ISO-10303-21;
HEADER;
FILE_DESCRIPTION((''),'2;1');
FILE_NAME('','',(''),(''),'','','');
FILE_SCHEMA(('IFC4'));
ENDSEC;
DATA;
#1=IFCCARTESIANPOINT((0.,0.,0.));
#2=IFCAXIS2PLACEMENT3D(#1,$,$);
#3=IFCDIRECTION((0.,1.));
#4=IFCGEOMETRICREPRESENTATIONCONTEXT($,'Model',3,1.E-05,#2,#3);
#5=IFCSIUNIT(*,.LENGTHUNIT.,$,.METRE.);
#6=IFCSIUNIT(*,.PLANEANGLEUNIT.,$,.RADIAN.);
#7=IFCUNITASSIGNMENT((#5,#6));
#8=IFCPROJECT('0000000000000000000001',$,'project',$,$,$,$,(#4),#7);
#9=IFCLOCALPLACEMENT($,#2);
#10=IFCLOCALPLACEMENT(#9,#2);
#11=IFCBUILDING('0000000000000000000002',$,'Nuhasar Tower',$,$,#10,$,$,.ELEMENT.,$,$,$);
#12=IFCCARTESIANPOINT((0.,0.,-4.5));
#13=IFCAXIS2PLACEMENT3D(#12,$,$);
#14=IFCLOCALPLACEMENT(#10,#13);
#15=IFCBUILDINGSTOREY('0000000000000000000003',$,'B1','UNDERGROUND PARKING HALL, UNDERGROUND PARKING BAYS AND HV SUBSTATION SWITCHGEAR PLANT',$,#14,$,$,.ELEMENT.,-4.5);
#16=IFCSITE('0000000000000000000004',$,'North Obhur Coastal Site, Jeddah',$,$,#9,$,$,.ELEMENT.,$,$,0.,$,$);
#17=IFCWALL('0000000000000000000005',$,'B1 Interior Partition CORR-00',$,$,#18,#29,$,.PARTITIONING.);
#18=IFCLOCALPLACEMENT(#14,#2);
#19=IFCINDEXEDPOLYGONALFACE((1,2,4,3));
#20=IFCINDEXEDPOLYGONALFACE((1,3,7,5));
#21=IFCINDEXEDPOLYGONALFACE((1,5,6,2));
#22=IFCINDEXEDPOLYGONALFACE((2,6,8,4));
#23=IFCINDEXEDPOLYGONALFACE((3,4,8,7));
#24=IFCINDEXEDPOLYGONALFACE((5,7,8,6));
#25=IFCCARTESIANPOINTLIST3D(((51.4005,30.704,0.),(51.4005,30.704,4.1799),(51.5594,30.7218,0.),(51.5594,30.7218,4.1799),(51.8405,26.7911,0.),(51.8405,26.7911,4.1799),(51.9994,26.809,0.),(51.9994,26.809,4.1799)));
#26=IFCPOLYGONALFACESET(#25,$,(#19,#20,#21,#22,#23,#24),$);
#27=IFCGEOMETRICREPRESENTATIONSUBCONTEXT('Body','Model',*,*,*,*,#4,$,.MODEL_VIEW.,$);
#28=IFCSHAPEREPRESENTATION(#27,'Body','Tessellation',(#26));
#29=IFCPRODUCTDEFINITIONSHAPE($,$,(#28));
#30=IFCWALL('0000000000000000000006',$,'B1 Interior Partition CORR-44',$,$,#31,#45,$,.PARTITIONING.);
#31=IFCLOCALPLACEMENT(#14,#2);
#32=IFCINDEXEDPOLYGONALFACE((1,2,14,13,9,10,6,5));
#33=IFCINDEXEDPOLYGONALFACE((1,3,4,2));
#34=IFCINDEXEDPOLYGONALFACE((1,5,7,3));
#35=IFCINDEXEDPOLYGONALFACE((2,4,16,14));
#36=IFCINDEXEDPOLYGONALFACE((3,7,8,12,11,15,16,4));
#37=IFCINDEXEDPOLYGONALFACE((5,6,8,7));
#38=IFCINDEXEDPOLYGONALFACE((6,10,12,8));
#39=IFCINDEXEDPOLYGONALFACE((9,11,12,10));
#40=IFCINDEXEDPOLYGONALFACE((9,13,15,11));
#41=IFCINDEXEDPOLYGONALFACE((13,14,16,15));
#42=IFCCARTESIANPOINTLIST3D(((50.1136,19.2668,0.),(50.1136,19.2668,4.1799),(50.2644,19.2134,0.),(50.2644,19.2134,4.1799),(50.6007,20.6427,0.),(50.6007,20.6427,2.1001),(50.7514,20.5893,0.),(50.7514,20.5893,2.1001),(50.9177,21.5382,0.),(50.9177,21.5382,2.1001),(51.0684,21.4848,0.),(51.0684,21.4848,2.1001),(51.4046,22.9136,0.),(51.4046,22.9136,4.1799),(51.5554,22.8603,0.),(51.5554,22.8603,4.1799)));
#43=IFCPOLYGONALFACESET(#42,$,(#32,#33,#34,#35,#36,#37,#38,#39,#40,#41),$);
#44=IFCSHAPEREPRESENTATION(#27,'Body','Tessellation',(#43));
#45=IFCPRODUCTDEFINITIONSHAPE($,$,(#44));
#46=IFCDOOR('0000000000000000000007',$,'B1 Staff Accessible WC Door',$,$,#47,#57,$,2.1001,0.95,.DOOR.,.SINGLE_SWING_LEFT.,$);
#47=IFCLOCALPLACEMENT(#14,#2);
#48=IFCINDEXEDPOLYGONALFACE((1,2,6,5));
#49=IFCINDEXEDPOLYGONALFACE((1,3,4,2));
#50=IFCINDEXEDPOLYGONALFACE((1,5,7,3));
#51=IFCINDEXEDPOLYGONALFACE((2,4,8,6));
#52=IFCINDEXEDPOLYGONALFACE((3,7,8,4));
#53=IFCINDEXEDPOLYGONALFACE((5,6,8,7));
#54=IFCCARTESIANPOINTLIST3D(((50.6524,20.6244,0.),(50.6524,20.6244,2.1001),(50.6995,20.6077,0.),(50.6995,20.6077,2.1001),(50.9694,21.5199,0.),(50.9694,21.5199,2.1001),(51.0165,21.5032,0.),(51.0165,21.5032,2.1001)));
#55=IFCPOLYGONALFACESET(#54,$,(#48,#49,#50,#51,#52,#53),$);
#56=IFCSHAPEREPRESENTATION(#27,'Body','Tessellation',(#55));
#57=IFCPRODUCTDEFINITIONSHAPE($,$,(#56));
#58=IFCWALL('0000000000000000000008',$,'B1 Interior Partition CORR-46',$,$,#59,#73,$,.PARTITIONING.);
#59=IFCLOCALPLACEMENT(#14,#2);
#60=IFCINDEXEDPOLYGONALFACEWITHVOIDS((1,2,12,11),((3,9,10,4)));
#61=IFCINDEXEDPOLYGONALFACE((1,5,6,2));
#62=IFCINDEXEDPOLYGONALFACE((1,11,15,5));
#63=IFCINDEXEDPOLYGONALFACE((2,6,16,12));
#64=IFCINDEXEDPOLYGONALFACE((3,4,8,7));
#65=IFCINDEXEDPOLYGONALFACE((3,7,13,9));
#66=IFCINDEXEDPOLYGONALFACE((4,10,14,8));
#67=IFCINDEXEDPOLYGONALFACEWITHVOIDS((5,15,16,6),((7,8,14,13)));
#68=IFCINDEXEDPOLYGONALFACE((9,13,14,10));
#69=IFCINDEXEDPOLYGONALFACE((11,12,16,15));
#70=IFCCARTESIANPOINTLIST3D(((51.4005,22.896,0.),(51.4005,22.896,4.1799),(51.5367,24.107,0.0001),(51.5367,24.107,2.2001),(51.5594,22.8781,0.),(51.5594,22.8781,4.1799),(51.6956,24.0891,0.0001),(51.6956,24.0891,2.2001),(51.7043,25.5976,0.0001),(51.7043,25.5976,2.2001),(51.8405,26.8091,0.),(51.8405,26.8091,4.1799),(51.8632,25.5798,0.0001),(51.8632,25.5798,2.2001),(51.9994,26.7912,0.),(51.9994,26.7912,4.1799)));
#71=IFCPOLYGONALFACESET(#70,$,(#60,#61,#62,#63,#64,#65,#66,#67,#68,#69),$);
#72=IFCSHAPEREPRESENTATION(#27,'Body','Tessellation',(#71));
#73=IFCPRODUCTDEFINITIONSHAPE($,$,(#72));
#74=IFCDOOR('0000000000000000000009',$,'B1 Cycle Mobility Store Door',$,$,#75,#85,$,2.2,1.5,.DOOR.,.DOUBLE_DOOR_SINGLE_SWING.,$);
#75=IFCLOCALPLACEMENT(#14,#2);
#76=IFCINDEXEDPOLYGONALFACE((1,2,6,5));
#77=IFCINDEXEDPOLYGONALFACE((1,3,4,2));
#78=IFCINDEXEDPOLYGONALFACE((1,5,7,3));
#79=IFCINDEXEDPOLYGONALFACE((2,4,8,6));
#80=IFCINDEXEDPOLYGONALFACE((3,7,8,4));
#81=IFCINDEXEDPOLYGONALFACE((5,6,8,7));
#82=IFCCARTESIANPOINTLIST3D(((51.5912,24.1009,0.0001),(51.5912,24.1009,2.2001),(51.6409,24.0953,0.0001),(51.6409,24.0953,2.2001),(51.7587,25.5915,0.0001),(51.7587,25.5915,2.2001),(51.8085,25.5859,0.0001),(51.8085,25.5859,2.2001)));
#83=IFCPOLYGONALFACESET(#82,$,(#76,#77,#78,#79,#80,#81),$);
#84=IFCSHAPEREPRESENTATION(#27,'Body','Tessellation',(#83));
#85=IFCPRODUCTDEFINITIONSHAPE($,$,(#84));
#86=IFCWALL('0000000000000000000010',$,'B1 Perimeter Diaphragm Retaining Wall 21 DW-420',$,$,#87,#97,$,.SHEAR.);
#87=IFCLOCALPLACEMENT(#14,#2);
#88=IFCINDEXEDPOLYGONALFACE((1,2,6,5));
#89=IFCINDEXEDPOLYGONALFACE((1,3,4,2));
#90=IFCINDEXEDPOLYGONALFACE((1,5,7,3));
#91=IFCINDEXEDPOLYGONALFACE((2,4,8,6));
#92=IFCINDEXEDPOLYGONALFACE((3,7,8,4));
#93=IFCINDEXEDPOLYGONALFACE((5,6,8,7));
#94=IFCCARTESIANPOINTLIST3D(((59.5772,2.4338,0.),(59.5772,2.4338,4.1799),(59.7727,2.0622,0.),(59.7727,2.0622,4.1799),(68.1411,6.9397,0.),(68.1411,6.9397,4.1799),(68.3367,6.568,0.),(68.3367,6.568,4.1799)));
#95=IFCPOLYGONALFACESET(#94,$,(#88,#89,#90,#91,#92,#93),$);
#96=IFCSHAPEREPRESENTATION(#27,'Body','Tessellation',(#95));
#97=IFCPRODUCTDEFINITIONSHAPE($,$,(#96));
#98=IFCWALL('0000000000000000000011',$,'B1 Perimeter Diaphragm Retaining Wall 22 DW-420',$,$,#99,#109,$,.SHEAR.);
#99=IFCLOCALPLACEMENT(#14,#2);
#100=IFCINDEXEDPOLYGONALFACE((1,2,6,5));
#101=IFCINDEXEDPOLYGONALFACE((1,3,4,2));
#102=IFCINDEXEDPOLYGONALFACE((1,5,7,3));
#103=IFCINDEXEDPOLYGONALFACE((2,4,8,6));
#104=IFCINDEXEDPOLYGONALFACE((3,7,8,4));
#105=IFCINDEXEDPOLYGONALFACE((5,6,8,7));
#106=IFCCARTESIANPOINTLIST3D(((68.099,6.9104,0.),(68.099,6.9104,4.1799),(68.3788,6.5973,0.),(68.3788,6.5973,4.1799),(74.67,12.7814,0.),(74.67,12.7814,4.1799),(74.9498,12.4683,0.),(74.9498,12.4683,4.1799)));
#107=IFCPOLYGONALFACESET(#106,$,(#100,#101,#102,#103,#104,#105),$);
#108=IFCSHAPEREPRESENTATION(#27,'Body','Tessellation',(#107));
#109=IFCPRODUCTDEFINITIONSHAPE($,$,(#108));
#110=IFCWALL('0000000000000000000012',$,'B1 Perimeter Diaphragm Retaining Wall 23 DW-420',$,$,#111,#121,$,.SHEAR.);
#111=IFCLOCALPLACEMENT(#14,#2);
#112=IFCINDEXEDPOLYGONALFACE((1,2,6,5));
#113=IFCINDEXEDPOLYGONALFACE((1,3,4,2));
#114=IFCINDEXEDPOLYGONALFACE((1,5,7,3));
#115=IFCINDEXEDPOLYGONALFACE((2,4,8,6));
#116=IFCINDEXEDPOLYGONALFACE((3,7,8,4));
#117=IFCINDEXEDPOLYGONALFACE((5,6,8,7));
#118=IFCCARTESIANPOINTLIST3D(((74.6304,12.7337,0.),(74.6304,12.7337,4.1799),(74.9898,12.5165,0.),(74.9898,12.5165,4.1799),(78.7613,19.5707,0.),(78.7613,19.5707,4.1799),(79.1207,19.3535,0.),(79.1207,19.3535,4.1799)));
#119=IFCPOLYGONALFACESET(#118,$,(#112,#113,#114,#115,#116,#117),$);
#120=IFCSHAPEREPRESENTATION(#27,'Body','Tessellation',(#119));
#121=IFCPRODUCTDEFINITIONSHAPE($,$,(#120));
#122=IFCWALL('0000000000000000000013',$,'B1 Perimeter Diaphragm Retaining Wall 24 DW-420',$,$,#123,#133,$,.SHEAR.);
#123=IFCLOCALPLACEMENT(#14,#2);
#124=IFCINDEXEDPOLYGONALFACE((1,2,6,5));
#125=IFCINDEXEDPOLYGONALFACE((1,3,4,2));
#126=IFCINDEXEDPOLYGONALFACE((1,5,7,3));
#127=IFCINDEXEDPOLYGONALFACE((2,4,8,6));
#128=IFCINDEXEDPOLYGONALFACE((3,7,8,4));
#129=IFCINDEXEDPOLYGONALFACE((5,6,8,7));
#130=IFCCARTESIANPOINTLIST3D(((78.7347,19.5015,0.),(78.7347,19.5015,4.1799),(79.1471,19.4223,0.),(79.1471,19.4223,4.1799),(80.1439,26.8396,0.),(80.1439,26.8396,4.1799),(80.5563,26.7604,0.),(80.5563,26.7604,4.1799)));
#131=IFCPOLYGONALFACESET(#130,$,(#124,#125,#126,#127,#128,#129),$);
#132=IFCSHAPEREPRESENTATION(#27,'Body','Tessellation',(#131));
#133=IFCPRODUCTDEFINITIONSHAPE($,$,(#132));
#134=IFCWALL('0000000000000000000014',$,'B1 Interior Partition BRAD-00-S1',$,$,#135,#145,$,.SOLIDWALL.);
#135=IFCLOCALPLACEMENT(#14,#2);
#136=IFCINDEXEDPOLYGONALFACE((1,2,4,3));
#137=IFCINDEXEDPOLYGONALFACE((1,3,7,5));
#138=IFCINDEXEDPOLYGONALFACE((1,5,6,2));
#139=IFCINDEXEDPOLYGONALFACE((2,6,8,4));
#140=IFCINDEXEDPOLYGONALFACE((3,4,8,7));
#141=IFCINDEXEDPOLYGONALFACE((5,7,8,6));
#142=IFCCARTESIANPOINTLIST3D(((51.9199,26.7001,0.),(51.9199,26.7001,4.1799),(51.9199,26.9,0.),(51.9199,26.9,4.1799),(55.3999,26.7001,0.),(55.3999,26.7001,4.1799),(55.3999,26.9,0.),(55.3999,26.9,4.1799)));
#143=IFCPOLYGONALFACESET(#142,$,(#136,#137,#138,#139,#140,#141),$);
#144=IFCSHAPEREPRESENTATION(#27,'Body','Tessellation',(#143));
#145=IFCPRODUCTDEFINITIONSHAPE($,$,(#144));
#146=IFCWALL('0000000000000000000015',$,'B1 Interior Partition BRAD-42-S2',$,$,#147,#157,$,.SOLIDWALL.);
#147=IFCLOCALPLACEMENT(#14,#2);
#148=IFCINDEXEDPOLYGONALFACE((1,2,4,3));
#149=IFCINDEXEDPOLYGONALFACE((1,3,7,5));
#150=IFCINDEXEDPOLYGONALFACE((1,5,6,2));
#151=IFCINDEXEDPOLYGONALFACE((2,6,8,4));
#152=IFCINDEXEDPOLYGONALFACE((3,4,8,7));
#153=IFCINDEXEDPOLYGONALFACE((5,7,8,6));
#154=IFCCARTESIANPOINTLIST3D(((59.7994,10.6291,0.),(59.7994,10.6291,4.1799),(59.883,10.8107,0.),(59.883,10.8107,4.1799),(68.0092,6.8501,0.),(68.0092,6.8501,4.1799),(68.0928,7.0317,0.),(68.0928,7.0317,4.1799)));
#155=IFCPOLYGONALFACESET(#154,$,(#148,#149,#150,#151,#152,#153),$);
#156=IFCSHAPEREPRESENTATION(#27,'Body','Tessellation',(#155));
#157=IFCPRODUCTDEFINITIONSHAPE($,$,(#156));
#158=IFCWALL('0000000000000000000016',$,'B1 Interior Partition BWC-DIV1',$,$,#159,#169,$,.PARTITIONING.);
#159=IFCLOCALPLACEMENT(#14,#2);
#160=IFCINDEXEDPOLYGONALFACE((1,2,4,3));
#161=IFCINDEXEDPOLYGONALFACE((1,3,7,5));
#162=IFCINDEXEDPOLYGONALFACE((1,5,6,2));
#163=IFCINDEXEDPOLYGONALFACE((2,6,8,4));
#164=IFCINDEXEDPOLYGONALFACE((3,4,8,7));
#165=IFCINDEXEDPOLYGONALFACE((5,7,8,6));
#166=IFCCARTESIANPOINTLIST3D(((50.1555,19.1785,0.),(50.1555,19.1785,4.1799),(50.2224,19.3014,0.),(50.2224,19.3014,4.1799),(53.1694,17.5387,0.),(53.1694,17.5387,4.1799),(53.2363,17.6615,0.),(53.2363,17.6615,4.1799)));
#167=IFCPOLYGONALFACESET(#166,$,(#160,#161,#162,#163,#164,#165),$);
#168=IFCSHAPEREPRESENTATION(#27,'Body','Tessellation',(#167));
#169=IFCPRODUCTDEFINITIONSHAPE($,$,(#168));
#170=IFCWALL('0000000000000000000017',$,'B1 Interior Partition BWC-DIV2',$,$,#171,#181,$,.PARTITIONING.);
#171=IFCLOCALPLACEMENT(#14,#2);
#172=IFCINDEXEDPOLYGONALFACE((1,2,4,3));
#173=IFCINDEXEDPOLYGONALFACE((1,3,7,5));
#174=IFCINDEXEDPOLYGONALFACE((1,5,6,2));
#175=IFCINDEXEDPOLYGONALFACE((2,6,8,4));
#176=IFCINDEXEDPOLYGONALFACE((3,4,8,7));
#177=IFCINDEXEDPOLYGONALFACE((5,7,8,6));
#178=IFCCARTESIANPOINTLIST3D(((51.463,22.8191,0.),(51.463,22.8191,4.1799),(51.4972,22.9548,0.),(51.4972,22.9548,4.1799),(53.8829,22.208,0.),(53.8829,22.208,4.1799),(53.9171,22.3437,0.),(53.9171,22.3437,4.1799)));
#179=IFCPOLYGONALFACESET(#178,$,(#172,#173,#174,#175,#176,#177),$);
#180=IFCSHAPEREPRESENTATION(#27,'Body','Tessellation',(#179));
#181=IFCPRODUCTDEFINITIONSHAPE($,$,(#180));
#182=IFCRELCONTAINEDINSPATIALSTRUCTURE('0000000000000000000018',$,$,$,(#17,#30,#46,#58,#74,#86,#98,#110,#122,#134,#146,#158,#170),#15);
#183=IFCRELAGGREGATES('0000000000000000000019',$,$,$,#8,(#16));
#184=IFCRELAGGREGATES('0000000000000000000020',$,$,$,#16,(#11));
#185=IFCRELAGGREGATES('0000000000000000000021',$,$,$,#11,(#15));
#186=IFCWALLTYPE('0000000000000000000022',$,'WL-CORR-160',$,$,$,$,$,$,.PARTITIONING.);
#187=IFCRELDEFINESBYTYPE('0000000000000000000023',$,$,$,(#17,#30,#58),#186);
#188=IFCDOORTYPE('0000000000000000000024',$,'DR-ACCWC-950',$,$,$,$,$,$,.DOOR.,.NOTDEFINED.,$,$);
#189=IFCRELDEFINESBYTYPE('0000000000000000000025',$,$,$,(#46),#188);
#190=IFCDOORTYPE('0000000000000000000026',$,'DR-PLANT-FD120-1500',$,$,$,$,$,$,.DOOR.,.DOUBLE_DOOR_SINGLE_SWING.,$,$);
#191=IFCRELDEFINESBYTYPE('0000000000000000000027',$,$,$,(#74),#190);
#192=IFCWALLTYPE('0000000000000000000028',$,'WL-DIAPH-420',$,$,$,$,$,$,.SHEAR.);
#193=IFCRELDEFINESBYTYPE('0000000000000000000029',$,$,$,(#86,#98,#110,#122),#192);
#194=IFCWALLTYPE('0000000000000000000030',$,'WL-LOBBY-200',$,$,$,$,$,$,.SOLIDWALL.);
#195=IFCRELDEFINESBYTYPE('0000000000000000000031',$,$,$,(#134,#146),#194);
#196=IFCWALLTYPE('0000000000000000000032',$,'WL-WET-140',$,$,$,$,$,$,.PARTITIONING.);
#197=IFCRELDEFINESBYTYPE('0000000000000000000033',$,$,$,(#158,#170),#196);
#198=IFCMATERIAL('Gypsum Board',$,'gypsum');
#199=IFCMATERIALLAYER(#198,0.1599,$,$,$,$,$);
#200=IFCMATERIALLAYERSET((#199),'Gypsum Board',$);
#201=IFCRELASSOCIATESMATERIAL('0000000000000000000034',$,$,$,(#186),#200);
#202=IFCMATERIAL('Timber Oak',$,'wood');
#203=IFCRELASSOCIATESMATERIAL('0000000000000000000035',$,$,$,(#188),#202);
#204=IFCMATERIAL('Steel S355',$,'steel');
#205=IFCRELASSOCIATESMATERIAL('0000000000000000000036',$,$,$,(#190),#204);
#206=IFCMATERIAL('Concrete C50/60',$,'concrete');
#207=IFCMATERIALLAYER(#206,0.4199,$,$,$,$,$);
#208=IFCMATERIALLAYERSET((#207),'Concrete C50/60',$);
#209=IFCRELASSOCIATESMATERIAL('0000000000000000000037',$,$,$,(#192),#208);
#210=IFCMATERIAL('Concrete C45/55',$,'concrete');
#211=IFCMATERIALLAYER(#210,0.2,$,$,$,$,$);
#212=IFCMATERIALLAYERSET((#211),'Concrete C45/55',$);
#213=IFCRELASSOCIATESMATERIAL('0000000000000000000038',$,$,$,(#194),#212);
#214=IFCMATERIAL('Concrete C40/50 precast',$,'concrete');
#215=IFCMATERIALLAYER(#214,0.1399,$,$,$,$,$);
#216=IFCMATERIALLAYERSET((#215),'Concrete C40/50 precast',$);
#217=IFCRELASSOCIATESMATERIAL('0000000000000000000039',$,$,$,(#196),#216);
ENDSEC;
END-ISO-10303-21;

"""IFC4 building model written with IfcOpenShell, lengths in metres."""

from ifc_helpers import new_model, si_unit, direction, frame, frame_2d, origin, place, context, subcontext, project, spatial, rectangle, extrude, material, layer, layer_set, type_object, element, fill, save


model = new_model("IFC4")

# Units and contexts
model_context = context("Model", 3, precision=1e-05, world=origin(), true_north=direction((0.0, 1.0)))
body_context = subcontext(model_context, "Body", "Model", "MODEL_VIEW")
ifc_project = project(units=[si_unit("LENGTHUNIT", "METRE"), si_unit("PLANEANGLEUNIT", "RADIAN")], contexts=[model_context])

# Site, building, storey
site_placement = place(None, origin())
site = spatial("IfcSite", under=ifc_project, at=site_placement, Name="North Obhur Coastal Site, Jeddah", CompositionType="ELEMENT", RefElevation=0.0)
building_placement = place(site_placement, origin())
building = spatial("IfcBuilding", under=site, at=building_placement, Name="Nuhasar Tower", CompositionType="ELEMENT")
storey_placement = place(building_placement, frame((0.0, 0.0, -4.5)))
storey = spatial("IfcBuildingStorey", under=building, at=storey_placement, Name="B1", Description="UNDERGROUND PARKING HALL, UNDERGROUND PARKING BAYS AND HV SUBSTATION SWITCHGEAR PLANT", CompositionType="ELEMENT", Elevation=-4.5)

# Shared definitions
ifc_material_1 = material(Name="Concrete C50/60", Category="concrete")

# Shared definitions
ifc_material_2 = material(Name="Steel S355", Category="steel")

# Wall
ifc_material_3 = material(Name="Gypsum Board", Category="gypsum")
ifc_layer_1 = layer(ifc_material_3, 0.1599)
ifc_layer_set_1 = layer_set([ifc_layer_1], Name="Gypsum Board")
wall_type_1 = type_object("IfcWallType", Name="WL-CORR-160", PredefinedType="PARTITIONING", material=ifc_layer_set_1)
wall_1_placement = place(storey_placement, frame((51.9199, 26.8, 0.0), z_axis=(0.0, 0.0, 1.0), x_axis=(-0.111731, 0.993738, 0.0)))
element("IfcWall", 1, at=wall_1_placement, inside=storey, type_object=wall_type_1, Name="B1 Interior Partition CORR-00", PredefinedType="PARTITIONING", context=body_context, shape_type="SweptSolid", body=[
    extrude(rectangle(XDim=3.9375, YDim=0.1599, at=frame_2d((1.9688, 0.0))), origin(), (0.0, 0.0, 1.0), 4.1799),
])

# Walls, openings, doors
wall_2_placement = place(storey_placement, frame((51.48, 22.887, 0.0), z_axis=(0.0, 0.0, 1.0), x_axis=(-0.333705, -0.942678, 0.0)))
wall_2 = element("IfcWall", 2, at=wall_2_placement, inside=storey, type_object=wall_type_1, Name="B1 Interior Partition CORR-44", PredefinedType="PARTITIONING", context=body_context, shape_type="SweptSolid", body=[
    extrude(rectangle(XDim=3.8687, YDim=0.1599, at=frame_2d((1.9343, 0.0))), origin(), (0.0, 0.0, 1.0), 4.1799),
])
opening_1_placement = place(wall_2_placement, frame((1.459, 0.0, 0.0)))
opening_1 = element("IfcOpeningElement", 3, at=opening_1_placement, cuts=wall_2, PredefinedType="OPENING", context=body_context, shape_type="SweptSolid", body=[
    extrude(rectangle(XDim=0.95, YDim=2.1001, at=frame_2d((0.4751, 1.05))), frame((0.0, 0.0898, 0.0), z_axis=(0.0, -1.0, 0.0), x_axis=(1.0, 0.0, 0.0)), (0.0, 0.0, 1.0), 0.1799),
])
ifc_material_4 = material(Name="Timber Oak", Category="wood")
door_type_1 = type_object("IfcDoorType", Name="DR-ACCWC-950", OperationType="NOTDEFINED", PredefinedType="DOOR", material=ifc_material_4)
door_1_placement = place(opening_1_placement, origin())
door_1 = element("IfcDoor", 4, at=door_1_placement, inside=storey, type_object=door_type_1, Name="B1 Staff Accessible WC Door", OperationType="SINGLE_SWING_LEFT", OverallHeight=2.1001, OverallWidth=0.95, PredefinedType="DOOR", context=body_context, shape_type="SweptSolid", body=[
    extrude(rectangle(XDim=0.95, YDim=2.1001, at=frame_2d((0.4751, 1.05))), frame((0.0, 0.0249, 0.0), z_axis=(0.0, -1.0, 0.0), x_axis=(1.0, 0.0, 0.0)), (0.0, 0.0, 1.0), 0.05),
])
fill(opening_1, door_1)
wall_3_placement = place(storey_placement, frame((51.9199, 26.8, 0.0), z_axis=(0.0, 0.0, 1.0), x_axis=(-0.111724, -0.993739, 0.0)))
wall_3 = element("IfcWall", 5, at=wall_3_placement, inside=storey, type_object=wall_type_1, Name="B1 Interior Partition CORR-46", PredefinedType="PARTITIONING", context=body_context, shape_type="SweptSolid", body=[
    extrude(rectangle(XDim=3.9377, YDim=0.1599, at=frame_2d((1.9688, 0.0))), origin(), (0.0, 0.0, 1.0), 4.1799),
])
opening_2_placement = place(wall_3_placement, frame((1.219, 0.0, 0.0)))
opening_2 = element("IfcOpeningElement", 6, at=opening_2_placement, cuts=wall_3, PredefinedType="OPENING", context=body_context, shape_type="SweptSolid", body=[
    extrude(rectangle(XDim=1.5, YDim=2.2, at=frame_2d((0.75, 1.1001))), frame((0.0, 0.0898, 0.0), z_axis=(0.0, -1.0, 0.0), x_axis=(1.0, 0.0, 0.0)), (0.0, 0.0, 1.0), 0.1799),
])
door_type_2 = type_object("IfcDoorType", Name="DR-PLANT-FD120-1500", OperationType="DOUBLE_DOOR_SINGLE_SWING", PredefinedType="DOOR", material=ifc_material_2)
door_2_placement = place(opening_2_placement, origin())
door_2 = element("IfcDoor", 7, at=door_2_placement, inside=storey, type_object=door_type_2, Name="B1 Cycle Mobility Store Door", OperationType="DOUBLE_DOOR_SINGLE_SWING", OverallHeight=2.2, OverallWidth=1.5, PredefinedType="DOOR", context=body_context, shape_type="SweptSolid", body=[
    extrude(rectangle(XDim=1.5, YDim=2.2, at=frame_2d((0.75, 1.1001))), frame((0.0, 0.0249, 0.0), z_axis=(0.0, -1.0, 0.0), x_axis=(1.0, 0.0, 0.0)), (0.0, 0.0, 1.0), 0.05),
])
fill(opening_2, door_2)

# Walls
ifc_layer_2 = layer(ifc_material_1, 0.4199)
ifc_layer_set_2 = layer_set([ifc_layer_2], Name="Concrete C50/60")
wall_type_2 = type_object("IfcWallType", Name="WL-DIAPH-420", PredefinedType="SHEAR", material=ifc_layer_set_2)
wall_4_placement = place(storey_placement, frame((59.675, 2.248, 0.0), z_axis=(0.0, 0.0, 1.0), x_axis=(0.884982, 0.465626, 0.0)))
element("IfcWall", 8, at=wall_4_placement, inside=storey, type_object=wall_type_2, Name="B1 Perimeter Diaphragm Retaining Wall 21 DW-420", PredefinedType="SHEAR", context=body_context, shape_type="SweptSolid", body=[
    extrude(rectangle(XDim=9.677, YDim=0.4199, at=frame_2d((4.8384, 0.0))), origin(), (0.0, 0.0, 1.0), 4.1799),
])
wall_5_placement = place(storey_placement, frame((68.239, 6.7539, 0.0), z_axis=(0.0, 0.0, 1.0), x_axis=(0.745707, 0.666274, 0.0)))
element("IfcWall", 9, at=wall_5_placement, inside=storey, type_object=wall_type_2, Name="B1 Perimeter Diaphragm Retaining Wall 22 DW-420", PredefinedType="SHEAR", context=body_context, shape_type="SweptSolid", body=[
    extrude(rectangle(XDim=8.8118, YDim=0.4199, at=frame_2d((4.4058, 0.0))), origin(), (0.0, 0.0, 1.0), 4.1799),
])
wall_6_placement = place(storey_placement, frame((74.8101, 12.625, 0.0), z_axis=(0.0, 0.0, 1.0), x_axis=(0.517136, 0.855903, 0.0)))
element("IfcWall", 10, at=wall_6_placement, inside=storey, type_object=wall_type_2, Name="B1 Perimeter Diaphragm Retaining Wall 23 DW-420", PredefinedType="SHEAR", context=body_context, shape_type="SweptSolid", body=[
    extrude(rectangle(XDim=7.988, YDim=0.4199, at=frame_2d((3.9941, 0.0))), origin(), (0.0, 0.0, 1.0), 4.1799),
])
wall_7_placement = place(storey_placement, frame((78.9409, 19.4619, 0.0), z_axis=(0.0, 0.0, 1.0), x_axis=(0.188589, 0.982056, 0.0)))
element("IfcWall", 11, at=wall_7_placement, inside=storey, type_object=wall_type_2, Name="B1 Perimeter Diaphragm Retaining Wall 24 DW-420", PredefinedType="SHEAR", context=body_context, shape_type="SweptSolid", body=[
    extrude(rectangle(XDim=7.4722, YDim=0.4199, at=frame_2d((3.7361, 0.0))), origin(), (0.0, 0.0, 1.0), 4.1799),
])
ifc_material_5 = material(Name="Concrete C45/55", Category="concrete")
ifc_layer_3 = layer(ifc_material_5, 0.2)
ifc_layer_set_3 = layer_set([ifc_layer_3], Name="Concrete C45/55")
wall_type_3 = type_object("IfcWallType", Name="WL-LOBBY-200", PredefinedType="SOLIDWALL", material=ifc_layer_set_3)
wall_8_placement = place(storey_placement, frame((51.9199, 26.8, 0.0), z_axis=(0.0, 0.0, 1.0), x_axis=(1.0, 0.0, 0.0)))
element("IfcWall", 12, at=wall_8_placement, inside=storey, type_object=wall_type_3, Name="B1 Interior Partition BRAD-00-S1", PredefinedType="SOLIDWALL", context=body_context, shape_type="SweptSolid", body=[
    extrude(rectangle(XDim=3.48, YDim=0.2, at=frame_2d((1.74, 0.0))), origin(), (0.0, 0.0, 1.0), 4.1799),
])
wall_9_placement = place(storey_placement, frame((59.8411, 10.72, 0.0), z_axis=(0.0, 0.0, 1.0), x_axis=(0.908387, -0.418131, 0.0)))
element("IfcWall", 13, at=wall_9_placement, inside=storey, type_object=wall_type_3, Name="B1 Interior Partition BRAD-42-S2", PredefinedType="SOLIDWALL", context=body_context, shape_type="SweptSolid", body=[
    extrude(rectangle(XDim=9.0378, YDim=0.2, at=frame_2d((4.519, 0.0))), origin(), (0.0, 0.0, 1.0), 4.1799),
])
ifc_material_6 = material(Name="Concrete C40/50 precast", Category="concrete")
ifc_layer_4 = layer(ifc_material_6, 0.1399)
ifc_layer_set_4 = layer_set([ifc_layer_4], Name="Concrete C40/50 precast")
wall_type_4 = type_object("IfcWallType", Name="WL-WET-140", PredefinedType="PARTITIONING", material=ifc_layer_set_4)
wall_10_placement = place(storey_placement, frame((50.189, 19.24, 0.0), z_axis=(0.0, 0.0, 1.0), x_axis=(0.878393, -0.47794, 0.0)))
element("IfcWall", 14, at=wall_10_placement, inside=storey, type_object=wall_type_4, Name="B1 Interior Partition BWC-DIV1", PredefinedType="PARTITIONING", context=body_context, shape_type="SweptSolid", body=[
    extrude(rectangle(XDim=3.4312, YDim=0.1399, at=frame_2d((1.7156, 0.0))), origin(), (0.0, 0.0, 1.0), 4.1799),
])
wall_11_placement = place(storey_placement, frame((51.48, 22.887, 0.0), z_axis=(0.0, 0.0, 1.0), x_axis=(0.969564, -0.244837, 0.0)))
element("IfcWall", 15, at=wall_11_placement, inside=storey, type_object=wall_type_4, Name="B1 Interior Partition BWC-DIV2", PredefinedType="PARTITIONING", context=body_context, shape_type="SweptSolid", body=[
    extrude(rectangle(XDim=2.4958, YDim=0.1399, at=frame_2d((1.248, 0.0))), origin(), (0.0, 0.0, 1.0), 4.1799),
])

save(model, "model.ifc")
